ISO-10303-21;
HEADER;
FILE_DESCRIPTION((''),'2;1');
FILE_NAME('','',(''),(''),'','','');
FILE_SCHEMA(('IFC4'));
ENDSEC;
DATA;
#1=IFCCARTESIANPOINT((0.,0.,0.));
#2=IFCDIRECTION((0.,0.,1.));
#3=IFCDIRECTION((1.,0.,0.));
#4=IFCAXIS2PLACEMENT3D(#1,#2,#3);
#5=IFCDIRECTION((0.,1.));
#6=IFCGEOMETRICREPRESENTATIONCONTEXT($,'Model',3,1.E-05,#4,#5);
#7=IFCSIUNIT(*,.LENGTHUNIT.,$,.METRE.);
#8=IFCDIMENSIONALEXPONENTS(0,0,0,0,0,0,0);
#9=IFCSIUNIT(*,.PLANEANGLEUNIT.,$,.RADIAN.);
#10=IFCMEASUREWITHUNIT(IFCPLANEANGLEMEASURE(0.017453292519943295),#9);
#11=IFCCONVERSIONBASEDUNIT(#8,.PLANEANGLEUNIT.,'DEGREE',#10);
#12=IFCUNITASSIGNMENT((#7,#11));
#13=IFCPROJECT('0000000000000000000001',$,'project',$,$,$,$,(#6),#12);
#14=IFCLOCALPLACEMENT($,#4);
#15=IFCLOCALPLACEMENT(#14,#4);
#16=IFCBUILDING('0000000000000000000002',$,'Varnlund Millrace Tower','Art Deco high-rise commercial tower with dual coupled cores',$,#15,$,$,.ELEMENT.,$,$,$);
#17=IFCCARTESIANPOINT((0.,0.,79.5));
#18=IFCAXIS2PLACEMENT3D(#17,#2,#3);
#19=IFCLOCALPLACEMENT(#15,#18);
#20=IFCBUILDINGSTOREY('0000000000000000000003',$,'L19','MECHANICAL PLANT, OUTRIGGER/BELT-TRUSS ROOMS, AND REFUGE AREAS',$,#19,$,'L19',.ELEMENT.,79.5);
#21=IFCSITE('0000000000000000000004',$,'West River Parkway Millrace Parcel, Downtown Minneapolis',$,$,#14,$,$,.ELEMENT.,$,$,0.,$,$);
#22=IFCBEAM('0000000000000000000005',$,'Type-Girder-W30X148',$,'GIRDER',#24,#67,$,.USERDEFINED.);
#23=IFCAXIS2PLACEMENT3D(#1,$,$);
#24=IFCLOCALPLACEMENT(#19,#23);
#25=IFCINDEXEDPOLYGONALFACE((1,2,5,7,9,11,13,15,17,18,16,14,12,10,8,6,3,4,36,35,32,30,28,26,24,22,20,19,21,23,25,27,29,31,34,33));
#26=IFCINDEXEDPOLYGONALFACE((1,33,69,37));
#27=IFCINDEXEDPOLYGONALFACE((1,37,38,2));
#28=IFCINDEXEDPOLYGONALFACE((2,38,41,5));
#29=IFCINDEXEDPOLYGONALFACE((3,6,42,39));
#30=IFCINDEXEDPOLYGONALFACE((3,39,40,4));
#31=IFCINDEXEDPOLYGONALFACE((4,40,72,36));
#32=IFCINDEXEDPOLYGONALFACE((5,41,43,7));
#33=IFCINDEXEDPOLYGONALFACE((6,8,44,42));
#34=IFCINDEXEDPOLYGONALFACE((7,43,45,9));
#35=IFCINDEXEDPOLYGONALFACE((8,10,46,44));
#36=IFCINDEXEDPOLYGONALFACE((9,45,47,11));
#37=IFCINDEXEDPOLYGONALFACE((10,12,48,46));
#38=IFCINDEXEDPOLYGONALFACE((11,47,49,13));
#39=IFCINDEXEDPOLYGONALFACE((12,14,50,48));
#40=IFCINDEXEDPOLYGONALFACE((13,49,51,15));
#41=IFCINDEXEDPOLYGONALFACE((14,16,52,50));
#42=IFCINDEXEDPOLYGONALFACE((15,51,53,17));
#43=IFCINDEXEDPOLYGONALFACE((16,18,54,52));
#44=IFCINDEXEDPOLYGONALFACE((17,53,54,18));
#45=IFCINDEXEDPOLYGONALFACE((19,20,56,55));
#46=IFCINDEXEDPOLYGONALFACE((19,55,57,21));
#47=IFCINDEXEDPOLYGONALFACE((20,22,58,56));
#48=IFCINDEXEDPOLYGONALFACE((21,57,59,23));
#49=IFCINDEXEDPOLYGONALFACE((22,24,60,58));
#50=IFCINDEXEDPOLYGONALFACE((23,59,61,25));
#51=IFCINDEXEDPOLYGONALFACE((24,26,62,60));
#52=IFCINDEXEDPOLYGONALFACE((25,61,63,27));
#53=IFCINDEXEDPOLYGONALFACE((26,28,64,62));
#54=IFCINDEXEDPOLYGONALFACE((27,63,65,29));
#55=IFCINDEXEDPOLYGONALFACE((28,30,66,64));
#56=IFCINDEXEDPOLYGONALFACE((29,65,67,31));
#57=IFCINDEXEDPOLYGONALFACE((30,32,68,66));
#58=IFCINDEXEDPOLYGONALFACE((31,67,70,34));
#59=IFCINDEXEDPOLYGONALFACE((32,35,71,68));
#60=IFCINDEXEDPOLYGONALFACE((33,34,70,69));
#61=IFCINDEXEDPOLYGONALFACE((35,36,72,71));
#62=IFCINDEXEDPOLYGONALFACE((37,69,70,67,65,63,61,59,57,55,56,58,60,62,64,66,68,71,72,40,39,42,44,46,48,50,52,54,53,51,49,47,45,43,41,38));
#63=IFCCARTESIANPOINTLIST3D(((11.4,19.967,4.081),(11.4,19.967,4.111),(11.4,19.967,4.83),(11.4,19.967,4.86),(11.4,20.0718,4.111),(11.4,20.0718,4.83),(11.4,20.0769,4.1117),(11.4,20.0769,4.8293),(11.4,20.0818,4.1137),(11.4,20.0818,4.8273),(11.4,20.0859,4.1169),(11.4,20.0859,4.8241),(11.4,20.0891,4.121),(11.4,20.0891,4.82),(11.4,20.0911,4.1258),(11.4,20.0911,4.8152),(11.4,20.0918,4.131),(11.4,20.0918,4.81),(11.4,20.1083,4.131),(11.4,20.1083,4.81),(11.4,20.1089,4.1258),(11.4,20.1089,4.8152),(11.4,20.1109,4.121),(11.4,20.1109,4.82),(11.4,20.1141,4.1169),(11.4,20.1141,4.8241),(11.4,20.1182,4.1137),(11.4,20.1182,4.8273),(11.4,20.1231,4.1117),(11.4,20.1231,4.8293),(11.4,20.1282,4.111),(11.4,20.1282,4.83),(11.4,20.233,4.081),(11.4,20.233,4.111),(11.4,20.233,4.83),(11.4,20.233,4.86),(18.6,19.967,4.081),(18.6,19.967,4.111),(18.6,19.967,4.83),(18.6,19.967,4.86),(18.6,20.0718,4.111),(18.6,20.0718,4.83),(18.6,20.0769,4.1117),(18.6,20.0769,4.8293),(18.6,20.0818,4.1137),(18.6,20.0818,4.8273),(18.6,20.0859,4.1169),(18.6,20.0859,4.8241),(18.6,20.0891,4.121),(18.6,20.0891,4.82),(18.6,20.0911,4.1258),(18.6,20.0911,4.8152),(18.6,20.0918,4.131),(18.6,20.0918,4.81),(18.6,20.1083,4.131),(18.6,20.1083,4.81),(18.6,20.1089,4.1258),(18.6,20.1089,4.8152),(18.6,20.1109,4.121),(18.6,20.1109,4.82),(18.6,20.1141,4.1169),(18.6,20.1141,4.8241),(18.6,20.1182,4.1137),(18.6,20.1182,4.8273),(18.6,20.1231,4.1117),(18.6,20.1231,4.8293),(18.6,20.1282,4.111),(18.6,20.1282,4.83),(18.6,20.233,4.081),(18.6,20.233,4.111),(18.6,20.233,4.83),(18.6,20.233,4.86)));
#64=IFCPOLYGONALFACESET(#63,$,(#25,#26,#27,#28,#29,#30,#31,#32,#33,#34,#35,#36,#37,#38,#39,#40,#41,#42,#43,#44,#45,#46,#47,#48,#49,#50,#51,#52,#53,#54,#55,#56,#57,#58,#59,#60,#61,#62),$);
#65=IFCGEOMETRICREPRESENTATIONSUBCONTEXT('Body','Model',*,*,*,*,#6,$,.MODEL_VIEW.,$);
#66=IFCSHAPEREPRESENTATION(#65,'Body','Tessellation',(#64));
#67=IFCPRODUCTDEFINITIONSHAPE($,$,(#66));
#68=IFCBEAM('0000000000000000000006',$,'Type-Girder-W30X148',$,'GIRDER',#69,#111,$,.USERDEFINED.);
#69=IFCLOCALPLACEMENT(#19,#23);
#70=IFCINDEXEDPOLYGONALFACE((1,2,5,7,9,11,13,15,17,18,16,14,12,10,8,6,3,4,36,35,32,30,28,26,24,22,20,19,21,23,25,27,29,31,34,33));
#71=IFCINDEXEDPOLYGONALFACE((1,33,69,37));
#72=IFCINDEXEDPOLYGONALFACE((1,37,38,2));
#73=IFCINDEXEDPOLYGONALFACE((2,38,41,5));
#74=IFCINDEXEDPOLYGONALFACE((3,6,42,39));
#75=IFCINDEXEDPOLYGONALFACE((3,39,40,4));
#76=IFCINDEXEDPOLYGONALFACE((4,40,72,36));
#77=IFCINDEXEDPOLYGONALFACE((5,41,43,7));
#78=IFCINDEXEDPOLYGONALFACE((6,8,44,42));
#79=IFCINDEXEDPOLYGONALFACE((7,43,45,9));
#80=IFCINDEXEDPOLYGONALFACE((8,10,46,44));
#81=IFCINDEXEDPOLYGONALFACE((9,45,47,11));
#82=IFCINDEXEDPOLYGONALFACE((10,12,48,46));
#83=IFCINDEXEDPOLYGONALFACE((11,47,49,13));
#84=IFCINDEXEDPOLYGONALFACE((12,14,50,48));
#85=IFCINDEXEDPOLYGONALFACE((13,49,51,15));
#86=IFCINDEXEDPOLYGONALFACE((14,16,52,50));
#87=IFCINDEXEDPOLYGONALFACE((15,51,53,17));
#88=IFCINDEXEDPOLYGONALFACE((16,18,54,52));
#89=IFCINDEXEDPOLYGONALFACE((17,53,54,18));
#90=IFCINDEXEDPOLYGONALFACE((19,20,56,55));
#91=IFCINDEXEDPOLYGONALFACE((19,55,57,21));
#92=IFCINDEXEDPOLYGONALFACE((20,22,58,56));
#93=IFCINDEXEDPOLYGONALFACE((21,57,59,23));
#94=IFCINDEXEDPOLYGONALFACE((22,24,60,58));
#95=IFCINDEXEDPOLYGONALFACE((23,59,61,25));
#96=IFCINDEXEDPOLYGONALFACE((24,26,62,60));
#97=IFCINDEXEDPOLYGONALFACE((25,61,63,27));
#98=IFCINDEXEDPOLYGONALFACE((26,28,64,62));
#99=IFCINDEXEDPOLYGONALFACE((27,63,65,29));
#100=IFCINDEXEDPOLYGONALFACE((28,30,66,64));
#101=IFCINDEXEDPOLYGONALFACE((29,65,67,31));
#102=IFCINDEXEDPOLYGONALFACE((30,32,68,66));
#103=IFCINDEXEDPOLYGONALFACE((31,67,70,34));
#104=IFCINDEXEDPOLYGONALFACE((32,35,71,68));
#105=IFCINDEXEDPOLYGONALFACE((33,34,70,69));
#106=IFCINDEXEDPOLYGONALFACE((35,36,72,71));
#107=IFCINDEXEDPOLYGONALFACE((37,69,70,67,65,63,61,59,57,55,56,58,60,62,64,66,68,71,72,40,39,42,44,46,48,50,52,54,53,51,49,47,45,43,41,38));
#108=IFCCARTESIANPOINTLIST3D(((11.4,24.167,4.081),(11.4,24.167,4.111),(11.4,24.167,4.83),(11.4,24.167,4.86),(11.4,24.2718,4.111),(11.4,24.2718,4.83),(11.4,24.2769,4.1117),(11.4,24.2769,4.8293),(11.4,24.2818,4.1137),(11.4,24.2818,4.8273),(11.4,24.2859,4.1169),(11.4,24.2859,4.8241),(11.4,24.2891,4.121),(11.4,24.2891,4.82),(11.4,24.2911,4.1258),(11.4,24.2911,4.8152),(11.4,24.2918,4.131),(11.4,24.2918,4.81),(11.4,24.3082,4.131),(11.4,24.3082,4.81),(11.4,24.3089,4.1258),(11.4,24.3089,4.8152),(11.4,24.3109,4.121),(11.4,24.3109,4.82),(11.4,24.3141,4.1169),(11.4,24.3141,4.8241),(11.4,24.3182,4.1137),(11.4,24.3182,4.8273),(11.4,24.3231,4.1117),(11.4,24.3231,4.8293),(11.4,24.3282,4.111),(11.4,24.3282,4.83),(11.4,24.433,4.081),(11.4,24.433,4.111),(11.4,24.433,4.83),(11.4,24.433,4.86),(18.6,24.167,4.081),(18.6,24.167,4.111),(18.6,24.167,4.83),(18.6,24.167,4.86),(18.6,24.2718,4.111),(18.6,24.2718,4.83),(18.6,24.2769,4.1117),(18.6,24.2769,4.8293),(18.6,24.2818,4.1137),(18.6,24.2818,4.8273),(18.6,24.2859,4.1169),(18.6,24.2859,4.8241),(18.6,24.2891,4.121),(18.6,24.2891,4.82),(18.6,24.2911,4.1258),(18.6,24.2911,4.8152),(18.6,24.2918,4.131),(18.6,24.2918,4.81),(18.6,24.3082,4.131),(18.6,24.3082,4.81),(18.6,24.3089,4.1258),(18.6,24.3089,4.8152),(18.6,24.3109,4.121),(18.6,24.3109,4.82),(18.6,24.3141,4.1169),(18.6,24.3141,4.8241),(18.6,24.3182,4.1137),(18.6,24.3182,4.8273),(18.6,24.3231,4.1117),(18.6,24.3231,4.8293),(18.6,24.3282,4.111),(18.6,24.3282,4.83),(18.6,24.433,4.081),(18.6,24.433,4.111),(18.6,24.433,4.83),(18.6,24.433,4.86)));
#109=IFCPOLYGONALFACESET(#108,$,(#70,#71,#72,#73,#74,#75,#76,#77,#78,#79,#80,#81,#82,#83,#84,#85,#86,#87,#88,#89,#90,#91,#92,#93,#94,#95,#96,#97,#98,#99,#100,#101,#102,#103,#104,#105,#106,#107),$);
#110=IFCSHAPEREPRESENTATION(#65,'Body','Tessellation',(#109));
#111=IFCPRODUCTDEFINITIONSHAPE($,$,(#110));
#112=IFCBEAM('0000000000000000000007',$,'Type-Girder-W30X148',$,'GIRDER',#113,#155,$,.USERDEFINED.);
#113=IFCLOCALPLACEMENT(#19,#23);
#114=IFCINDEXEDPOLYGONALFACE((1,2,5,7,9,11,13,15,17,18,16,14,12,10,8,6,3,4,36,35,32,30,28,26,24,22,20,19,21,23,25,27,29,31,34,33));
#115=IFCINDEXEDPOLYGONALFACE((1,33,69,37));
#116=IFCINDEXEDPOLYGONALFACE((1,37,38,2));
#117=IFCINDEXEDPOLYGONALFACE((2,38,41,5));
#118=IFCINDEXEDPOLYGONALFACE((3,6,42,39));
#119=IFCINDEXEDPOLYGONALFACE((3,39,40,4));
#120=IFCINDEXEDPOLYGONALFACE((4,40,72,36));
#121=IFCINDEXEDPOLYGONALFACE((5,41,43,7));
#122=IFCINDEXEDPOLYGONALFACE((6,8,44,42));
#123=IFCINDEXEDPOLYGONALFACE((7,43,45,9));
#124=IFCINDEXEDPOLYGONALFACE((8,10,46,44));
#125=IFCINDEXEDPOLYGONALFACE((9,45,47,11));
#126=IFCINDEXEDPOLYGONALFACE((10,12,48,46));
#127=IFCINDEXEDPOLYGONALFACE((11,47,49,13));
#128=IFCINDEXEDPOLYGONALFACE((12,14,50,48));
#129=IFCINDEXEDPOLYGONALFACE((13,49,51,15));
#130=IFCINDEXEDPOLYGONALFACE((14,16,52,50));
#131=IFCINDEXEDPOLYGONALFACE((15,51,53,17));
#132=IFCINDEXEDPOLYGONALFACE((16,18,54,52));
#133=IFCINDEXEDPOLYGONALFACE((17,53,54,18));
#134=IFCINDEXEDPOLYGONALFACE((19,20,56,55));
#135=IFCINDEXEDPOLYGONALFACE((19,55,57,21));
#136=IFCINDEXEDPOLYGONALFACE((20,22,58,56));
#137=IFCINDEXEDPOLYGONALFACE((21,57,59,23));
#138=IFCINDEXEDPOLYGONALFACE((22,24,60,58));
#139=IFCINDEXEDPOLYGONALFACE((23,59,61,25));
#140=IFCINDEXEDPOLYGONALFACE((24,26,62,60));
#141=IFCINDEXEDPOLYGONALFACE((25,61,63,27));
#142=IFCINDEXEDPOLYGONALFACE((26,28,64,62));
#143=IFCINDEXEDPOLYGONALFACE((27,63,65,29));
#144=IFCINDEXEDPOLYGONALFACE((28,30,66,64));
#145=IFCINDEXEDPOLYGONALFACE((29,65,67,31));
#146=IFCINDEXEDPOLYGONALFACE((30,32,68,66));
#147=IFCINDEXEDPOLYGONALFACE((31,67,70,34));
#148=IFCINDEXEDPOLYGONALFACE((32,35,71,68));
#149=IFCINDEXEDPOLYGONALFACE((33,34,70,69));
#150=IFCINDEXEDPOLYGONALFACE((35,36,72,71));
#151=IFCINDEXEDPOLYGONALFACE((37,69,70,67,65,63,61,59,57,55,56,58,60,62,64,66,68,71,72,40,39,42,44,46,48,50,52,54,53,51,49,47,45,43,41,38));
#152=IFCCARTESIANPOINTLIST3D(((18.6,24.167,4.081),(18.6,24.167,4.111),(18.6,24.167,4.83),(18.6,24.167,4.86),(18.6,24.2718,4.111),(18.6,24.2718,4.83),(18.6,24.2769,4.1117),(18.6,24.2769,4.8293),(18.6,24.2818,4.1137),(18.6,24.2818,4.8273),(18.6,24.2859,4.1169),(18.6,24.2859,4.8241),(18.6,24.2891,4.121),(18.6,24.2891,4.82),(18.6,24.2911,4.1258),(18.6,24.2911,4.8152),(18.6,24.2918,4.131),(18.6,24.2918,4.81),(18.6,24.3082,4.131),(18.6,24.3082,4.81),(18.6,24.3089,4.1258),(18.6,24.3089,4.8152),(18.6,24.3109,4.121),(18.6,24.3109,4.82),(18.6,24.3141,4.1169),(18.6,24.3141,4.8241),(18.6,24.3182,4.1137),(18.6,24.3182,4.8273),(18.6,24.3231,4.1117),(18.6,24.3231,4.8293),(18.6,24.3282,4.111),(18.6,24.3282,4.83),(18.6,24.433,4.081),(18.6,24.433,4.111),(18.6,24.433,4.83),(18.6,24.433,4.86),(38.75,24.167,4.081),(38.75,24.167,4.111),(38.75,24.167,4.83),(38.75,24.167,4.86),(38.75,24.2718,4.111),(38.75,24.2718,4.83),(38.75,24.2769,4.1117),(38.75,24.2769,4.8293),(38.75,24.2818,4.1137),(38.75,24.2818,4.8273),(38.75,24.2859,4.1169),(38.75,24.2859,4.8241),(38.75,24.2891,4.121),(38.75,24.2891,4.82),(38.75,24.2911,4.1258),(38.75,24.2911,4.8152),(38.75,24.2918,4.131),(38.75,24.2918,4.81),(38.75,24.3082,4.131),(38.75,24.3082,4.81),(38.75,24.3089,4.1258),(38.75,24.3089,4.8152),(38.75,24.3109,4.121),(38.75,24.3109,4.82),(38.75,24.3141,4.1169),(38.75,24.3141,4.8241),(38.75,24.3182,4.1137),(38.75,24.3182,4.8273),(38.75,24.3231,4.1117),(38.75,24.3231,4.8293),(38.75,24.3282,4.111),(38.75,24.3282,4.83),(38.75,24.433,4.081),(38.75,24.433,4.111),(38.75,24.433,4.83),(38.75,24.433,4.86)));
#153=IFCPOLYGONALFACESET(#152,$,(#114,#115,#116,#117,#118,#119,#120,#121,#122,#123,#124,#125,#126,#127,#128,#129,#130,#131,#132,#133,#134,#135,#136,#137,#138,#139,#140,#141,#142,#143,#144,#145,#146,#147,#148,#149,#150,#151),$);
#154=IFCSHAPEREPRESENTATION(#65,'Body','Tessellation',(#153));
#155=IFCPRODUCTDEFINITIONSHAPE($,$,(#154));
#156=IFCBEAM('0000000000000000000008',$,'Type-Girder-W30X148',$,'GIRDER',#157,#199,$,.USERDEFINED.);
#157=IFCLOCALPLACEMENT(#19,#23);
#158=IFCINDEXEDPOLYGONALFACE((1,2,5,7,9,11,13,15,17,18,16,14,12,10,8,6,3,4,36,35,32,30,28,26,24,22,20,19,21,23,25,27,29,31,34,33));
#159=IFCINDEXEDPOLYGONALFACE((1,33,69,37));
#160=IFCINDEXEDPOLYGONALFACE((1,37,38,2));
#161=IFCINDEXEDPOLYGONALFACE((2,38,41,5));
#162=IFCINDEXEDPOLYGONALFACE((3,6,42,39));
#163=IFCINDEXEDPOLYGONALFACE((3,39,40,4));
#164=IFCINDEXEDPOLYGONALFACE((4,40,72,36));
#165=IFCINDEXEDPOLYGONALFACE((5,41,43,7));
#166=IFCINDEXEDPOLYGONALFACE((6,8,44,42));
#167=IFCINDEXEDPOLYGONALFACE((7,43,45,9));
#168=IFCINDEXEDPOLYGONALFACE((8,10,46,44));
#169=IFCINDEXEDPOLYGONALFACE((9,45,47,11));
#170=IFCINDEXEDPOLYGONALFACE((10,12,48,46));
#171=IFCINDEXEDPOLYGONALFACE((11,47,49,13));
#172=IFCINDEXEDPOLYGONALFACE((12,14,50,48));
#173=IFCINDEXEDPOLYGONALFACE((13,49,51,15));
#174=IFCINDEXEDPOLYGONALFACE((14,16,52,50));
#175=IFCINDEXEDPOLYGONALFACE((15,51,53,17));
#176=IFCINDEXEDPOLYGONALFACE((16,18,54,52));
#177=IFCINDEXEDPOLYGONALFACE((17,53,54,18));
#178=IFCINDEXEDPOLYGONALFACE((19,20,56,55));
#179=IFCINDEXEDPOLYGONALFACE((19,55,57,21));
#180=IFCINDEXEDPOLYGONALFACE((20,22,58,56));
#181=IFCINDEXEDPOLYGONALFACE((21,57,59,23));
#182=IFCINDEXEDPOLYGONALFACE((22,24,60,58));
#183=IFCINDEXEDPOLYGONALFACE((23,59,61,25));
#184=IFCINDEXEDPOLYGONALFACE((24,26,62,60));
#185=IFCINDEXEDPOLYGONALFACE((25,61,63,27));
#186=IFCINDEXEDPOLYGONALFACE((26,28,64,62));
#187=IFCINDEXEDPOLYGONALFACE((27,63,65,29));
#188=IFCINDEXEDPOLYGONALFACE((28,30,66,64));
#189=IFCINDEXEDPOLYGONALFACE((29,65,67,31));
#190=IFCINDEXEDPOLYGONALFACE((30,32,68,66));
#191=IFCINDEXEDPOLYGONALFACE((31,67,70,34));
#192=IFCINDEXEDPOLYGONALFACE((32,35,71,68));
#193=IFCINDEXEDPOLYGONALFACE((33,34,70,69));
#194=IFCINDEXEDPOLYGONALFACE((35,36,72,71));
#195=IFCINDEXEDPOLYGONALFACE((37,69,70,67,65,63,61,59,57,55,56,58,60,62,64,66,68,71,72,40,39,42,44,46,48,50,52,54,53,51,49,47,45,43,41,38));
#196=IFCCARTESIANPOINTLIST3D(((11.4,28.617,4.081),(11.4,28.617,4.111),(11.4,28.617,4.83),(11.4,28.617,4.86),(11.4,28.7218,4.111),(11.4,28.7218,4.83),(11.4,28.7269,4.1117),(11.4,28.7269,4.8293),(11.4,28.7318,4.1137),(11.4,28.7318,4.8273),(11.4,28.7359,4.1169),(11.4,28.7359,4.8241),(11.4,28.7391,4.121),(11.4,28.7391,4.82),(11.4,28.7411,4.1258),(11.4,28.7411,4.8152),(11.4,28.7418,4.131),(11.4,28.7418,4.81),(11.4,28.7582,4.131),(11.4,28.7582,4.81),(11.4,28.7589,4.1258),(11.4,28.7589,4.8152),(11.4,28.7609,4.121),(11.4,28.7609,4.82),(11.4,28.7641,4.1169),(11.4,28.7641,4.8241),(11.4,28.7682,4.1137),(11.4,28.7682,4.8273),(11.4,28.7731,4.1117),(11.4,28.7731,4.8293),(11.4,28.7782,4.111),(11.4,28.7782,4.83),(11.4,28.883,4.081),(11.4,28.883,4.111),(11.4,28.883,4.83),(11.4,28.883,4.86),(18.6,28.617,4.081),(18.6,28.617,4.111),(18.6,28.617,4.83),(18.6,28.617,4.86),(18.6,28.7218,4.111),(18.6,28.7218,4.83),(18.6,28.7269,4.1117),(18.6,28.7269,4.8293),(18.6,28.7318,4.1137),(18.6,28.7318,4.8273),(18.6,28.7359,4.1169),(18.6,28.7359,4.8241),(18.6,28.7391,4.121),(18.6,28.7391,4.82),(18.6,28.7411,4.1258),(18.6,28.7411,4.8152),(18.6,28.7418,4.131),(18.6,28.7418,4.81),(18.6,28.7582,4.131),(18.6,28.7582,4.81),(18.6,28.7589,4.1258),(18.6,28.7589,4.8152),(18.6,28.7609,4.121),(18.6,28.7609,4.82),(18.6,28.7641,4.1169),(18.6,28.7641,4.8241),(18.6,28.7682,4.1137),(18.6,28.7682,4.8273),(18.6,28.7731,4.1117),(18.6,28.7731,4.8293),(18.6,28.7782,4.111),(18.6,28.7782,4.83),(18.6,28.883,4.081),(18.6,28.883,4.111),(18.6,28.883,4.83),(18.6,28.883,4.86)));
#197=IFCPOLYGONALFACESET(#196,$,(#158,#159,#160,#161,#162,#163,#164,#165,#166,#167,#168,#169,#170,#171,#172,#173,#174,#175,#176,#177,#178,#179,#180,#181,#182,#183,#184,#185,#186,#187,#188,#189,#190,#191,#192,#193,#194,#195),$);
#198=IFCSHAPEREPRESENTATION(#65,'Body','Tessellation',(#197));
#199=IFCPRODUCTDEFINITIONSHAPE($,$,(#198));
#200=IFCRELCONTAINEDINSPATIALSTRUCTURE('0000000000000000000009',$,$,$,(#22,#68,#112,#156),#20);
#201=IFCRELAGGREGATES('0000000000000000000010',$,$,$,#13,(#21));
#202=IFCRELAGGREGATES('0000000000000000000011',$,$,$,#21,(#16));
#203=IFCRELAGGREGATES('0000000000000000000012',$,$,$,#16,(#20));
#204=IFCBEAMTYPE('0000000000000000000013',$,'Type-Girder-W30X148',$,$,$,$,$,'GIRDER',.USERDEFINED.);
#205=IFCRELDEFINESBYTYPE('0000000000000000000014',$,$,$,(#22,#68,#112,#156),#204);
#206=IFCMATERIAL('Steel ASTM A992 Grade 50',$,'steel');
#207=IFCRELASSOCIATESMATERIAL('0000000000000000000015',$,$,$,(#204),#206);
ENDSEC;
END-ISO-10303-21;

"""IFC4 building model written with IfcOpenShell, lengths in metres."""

from ifc_helpers import new_model, entity, si_unit, converted_unit, direction, frame, origin_with_axes, origin_2d_with_axis, place, context, subcontext, project, spatial, i_section, extrude, material, material_profile, profile_set, type_object, element, save


model = new_model("IFC4")

# Units and contexts
model_context = context("Model", 3, precision=1e-05, world=origin_with_axes(), true_north=direction((0.0, 1.0)))
body_context = subcontext(model_context, "Body", "Model", "MODEL_VIEW")
ifc_project = project(units=[si_unit("LENGTHUNIT", "METRE"), converted_unit("PLANEANGLEUNIT", "DEGREE", entity("IfcPlaneAngleMeasure", 0.017453292519943295), si_unit("PLANEANGLEUNIT", "RADIAN"), dimensions=[0, 0, 0, 0, 0, 0, 0])], contexts=[model_context])

# Site, building, storey
site_placement = place(None, origin_with_axes())
site = spatial("IfcSite", under=ifc_project, at=site_placement, Name="West River Parkway Millrace Parcel, Downtown Minneapolis", CompositionType="ELEMENT", RefElevation=0.0)
building_placement = place(site_placement, origin_with_axes())
building = spatial("IfcBuilding", under=site, at=building_placement, Name="Varnlund Millrace Tower", Description="Art Deco high-rise commercial tower with dual coupled cores", CompositionType="ELEMENT")
storey_placement = place(building_placement, frame((0.0, 0.0, 79.5), z_axis=(0.0, 0.0, 1.0), x_axis=(1.0, 0.0, 0.0)))
storey = spatial("IfcBuildingStorey", under=building, at=storey_placement, Name="L19", Description="MECHANICAL PLANT, OUTRIGGER/BELT-TRUSS ROOMS, AND REFUGE AREAS", LongName="L19", CompositionType="ELEMENT", Elevation=79.5)

# Beams
ifc_material_1 = material(Name="Steel ASTM A992 Grade 50", Category="steel")
ifc_material_profile_1 = material_profile(ifc_material_1, i_section(OverallWidth=0.266, OverallDepth=0.779, WebThickness=0.0165, FlangeThickness=0.03, FilletRadius=0.02, at=origin_2d_with_axis()), Name="Steel ASTM A992 Grade 50")
ifc_profile_set_1 = profile_set([ifc_material_profile_1], Name="Steel ASTM A992 Grade 50")
beam_type_1 = type_object("IfcBeamType", Name="Type-Girder-W30X148", ElementType="GIRDER", PredefinedType="USERDEFINED", material=ifc_profile_set_1)
for number, where, z_axis, x_axis, name in (
    (1, (11.4, 20.1, 4.4705), (1.0, 0.0, 0.0), (0.0, 1.0, 0.0), "Type-Girder-W30X148"),
    (2, (11.4, 24.3, 4.4705), (1.0, 0.0, 0.0), (0.0, 1.0, 0.0), "Type-Girder-W30X148"),
):
    element("IfcBeam", number, at=place(storey_placement, frame(where, z_axis=z_axis, x_axis=x_axis)), inside=storey, type_object=beam_type_1, Name=name, ObjectType="GIRDER", PredefinedType="USERDEFINED", context=body_context, shape_type="SweptSolid", body=[
        extrude(i_section(OverallWidth=0.266, OverallDepth=0.779, WebThickness=0.0165, FlangeThickness=0.03, FilletRadius=0.02, at=origin_2d_with_axis()), origin_with_axes(), (0.0, 0.0, 1.0), 7.2),
    ])
beam_1_placement = place(storey_placement, frame((18.6, 24.3, 4.4705), z_axis=(1.0, 0.0, 0.0), x_axis=(0.0, 1.0, 0.0)))
element("IfcBeam", 3, at=beam_1_placement, inside=storey, type_object=beam_type_1, Name="Type-Girder-W30X148", ObjectType="GIRDER", PredefinedType="USERDEFINED", context=body_context, shape_type="SweptSolid", body=[
    extrude(i_section(OverallWidth=0.266, OverallDepth=0.779, WebThickness=0.0165, FlangeThickness=0.03, FilletRadius=0.02, at=origin_2d_with_axis()), origin_with_axes(), (0.0, 0.0, 1.0), 20.15),
])
for number, where, z_axis, x_axis, name in (
    (4, (11.4, 28.75, 4.4705), (1.0, 0.0, 0.0), (0.0, 1.0, 0.0), "Type-Girder-W30X148"),
):
    element("IfcBeam", number, at=place(storey_placement, frame(where, z_axis=z_axis, x_axis=x_axis)), inside=storey, type_object=beam_type_1, Name=name, ObjectType="GIRDER", PredefinedType="USERDEFINED", context=body_context, shape_type="SweptSolid", body=[
        extrude(i_section(OverallWidth=0.266, OverallDepth=0.779, WebThickness=0.0165, FlangeThickness=0.03, FilletRadius=0.02, at=origin_2d_with_axis()), origin_with_axes(), (0.0, 0.0, 1.0), 7.2),
    ])

save(model, "model.ifc")
